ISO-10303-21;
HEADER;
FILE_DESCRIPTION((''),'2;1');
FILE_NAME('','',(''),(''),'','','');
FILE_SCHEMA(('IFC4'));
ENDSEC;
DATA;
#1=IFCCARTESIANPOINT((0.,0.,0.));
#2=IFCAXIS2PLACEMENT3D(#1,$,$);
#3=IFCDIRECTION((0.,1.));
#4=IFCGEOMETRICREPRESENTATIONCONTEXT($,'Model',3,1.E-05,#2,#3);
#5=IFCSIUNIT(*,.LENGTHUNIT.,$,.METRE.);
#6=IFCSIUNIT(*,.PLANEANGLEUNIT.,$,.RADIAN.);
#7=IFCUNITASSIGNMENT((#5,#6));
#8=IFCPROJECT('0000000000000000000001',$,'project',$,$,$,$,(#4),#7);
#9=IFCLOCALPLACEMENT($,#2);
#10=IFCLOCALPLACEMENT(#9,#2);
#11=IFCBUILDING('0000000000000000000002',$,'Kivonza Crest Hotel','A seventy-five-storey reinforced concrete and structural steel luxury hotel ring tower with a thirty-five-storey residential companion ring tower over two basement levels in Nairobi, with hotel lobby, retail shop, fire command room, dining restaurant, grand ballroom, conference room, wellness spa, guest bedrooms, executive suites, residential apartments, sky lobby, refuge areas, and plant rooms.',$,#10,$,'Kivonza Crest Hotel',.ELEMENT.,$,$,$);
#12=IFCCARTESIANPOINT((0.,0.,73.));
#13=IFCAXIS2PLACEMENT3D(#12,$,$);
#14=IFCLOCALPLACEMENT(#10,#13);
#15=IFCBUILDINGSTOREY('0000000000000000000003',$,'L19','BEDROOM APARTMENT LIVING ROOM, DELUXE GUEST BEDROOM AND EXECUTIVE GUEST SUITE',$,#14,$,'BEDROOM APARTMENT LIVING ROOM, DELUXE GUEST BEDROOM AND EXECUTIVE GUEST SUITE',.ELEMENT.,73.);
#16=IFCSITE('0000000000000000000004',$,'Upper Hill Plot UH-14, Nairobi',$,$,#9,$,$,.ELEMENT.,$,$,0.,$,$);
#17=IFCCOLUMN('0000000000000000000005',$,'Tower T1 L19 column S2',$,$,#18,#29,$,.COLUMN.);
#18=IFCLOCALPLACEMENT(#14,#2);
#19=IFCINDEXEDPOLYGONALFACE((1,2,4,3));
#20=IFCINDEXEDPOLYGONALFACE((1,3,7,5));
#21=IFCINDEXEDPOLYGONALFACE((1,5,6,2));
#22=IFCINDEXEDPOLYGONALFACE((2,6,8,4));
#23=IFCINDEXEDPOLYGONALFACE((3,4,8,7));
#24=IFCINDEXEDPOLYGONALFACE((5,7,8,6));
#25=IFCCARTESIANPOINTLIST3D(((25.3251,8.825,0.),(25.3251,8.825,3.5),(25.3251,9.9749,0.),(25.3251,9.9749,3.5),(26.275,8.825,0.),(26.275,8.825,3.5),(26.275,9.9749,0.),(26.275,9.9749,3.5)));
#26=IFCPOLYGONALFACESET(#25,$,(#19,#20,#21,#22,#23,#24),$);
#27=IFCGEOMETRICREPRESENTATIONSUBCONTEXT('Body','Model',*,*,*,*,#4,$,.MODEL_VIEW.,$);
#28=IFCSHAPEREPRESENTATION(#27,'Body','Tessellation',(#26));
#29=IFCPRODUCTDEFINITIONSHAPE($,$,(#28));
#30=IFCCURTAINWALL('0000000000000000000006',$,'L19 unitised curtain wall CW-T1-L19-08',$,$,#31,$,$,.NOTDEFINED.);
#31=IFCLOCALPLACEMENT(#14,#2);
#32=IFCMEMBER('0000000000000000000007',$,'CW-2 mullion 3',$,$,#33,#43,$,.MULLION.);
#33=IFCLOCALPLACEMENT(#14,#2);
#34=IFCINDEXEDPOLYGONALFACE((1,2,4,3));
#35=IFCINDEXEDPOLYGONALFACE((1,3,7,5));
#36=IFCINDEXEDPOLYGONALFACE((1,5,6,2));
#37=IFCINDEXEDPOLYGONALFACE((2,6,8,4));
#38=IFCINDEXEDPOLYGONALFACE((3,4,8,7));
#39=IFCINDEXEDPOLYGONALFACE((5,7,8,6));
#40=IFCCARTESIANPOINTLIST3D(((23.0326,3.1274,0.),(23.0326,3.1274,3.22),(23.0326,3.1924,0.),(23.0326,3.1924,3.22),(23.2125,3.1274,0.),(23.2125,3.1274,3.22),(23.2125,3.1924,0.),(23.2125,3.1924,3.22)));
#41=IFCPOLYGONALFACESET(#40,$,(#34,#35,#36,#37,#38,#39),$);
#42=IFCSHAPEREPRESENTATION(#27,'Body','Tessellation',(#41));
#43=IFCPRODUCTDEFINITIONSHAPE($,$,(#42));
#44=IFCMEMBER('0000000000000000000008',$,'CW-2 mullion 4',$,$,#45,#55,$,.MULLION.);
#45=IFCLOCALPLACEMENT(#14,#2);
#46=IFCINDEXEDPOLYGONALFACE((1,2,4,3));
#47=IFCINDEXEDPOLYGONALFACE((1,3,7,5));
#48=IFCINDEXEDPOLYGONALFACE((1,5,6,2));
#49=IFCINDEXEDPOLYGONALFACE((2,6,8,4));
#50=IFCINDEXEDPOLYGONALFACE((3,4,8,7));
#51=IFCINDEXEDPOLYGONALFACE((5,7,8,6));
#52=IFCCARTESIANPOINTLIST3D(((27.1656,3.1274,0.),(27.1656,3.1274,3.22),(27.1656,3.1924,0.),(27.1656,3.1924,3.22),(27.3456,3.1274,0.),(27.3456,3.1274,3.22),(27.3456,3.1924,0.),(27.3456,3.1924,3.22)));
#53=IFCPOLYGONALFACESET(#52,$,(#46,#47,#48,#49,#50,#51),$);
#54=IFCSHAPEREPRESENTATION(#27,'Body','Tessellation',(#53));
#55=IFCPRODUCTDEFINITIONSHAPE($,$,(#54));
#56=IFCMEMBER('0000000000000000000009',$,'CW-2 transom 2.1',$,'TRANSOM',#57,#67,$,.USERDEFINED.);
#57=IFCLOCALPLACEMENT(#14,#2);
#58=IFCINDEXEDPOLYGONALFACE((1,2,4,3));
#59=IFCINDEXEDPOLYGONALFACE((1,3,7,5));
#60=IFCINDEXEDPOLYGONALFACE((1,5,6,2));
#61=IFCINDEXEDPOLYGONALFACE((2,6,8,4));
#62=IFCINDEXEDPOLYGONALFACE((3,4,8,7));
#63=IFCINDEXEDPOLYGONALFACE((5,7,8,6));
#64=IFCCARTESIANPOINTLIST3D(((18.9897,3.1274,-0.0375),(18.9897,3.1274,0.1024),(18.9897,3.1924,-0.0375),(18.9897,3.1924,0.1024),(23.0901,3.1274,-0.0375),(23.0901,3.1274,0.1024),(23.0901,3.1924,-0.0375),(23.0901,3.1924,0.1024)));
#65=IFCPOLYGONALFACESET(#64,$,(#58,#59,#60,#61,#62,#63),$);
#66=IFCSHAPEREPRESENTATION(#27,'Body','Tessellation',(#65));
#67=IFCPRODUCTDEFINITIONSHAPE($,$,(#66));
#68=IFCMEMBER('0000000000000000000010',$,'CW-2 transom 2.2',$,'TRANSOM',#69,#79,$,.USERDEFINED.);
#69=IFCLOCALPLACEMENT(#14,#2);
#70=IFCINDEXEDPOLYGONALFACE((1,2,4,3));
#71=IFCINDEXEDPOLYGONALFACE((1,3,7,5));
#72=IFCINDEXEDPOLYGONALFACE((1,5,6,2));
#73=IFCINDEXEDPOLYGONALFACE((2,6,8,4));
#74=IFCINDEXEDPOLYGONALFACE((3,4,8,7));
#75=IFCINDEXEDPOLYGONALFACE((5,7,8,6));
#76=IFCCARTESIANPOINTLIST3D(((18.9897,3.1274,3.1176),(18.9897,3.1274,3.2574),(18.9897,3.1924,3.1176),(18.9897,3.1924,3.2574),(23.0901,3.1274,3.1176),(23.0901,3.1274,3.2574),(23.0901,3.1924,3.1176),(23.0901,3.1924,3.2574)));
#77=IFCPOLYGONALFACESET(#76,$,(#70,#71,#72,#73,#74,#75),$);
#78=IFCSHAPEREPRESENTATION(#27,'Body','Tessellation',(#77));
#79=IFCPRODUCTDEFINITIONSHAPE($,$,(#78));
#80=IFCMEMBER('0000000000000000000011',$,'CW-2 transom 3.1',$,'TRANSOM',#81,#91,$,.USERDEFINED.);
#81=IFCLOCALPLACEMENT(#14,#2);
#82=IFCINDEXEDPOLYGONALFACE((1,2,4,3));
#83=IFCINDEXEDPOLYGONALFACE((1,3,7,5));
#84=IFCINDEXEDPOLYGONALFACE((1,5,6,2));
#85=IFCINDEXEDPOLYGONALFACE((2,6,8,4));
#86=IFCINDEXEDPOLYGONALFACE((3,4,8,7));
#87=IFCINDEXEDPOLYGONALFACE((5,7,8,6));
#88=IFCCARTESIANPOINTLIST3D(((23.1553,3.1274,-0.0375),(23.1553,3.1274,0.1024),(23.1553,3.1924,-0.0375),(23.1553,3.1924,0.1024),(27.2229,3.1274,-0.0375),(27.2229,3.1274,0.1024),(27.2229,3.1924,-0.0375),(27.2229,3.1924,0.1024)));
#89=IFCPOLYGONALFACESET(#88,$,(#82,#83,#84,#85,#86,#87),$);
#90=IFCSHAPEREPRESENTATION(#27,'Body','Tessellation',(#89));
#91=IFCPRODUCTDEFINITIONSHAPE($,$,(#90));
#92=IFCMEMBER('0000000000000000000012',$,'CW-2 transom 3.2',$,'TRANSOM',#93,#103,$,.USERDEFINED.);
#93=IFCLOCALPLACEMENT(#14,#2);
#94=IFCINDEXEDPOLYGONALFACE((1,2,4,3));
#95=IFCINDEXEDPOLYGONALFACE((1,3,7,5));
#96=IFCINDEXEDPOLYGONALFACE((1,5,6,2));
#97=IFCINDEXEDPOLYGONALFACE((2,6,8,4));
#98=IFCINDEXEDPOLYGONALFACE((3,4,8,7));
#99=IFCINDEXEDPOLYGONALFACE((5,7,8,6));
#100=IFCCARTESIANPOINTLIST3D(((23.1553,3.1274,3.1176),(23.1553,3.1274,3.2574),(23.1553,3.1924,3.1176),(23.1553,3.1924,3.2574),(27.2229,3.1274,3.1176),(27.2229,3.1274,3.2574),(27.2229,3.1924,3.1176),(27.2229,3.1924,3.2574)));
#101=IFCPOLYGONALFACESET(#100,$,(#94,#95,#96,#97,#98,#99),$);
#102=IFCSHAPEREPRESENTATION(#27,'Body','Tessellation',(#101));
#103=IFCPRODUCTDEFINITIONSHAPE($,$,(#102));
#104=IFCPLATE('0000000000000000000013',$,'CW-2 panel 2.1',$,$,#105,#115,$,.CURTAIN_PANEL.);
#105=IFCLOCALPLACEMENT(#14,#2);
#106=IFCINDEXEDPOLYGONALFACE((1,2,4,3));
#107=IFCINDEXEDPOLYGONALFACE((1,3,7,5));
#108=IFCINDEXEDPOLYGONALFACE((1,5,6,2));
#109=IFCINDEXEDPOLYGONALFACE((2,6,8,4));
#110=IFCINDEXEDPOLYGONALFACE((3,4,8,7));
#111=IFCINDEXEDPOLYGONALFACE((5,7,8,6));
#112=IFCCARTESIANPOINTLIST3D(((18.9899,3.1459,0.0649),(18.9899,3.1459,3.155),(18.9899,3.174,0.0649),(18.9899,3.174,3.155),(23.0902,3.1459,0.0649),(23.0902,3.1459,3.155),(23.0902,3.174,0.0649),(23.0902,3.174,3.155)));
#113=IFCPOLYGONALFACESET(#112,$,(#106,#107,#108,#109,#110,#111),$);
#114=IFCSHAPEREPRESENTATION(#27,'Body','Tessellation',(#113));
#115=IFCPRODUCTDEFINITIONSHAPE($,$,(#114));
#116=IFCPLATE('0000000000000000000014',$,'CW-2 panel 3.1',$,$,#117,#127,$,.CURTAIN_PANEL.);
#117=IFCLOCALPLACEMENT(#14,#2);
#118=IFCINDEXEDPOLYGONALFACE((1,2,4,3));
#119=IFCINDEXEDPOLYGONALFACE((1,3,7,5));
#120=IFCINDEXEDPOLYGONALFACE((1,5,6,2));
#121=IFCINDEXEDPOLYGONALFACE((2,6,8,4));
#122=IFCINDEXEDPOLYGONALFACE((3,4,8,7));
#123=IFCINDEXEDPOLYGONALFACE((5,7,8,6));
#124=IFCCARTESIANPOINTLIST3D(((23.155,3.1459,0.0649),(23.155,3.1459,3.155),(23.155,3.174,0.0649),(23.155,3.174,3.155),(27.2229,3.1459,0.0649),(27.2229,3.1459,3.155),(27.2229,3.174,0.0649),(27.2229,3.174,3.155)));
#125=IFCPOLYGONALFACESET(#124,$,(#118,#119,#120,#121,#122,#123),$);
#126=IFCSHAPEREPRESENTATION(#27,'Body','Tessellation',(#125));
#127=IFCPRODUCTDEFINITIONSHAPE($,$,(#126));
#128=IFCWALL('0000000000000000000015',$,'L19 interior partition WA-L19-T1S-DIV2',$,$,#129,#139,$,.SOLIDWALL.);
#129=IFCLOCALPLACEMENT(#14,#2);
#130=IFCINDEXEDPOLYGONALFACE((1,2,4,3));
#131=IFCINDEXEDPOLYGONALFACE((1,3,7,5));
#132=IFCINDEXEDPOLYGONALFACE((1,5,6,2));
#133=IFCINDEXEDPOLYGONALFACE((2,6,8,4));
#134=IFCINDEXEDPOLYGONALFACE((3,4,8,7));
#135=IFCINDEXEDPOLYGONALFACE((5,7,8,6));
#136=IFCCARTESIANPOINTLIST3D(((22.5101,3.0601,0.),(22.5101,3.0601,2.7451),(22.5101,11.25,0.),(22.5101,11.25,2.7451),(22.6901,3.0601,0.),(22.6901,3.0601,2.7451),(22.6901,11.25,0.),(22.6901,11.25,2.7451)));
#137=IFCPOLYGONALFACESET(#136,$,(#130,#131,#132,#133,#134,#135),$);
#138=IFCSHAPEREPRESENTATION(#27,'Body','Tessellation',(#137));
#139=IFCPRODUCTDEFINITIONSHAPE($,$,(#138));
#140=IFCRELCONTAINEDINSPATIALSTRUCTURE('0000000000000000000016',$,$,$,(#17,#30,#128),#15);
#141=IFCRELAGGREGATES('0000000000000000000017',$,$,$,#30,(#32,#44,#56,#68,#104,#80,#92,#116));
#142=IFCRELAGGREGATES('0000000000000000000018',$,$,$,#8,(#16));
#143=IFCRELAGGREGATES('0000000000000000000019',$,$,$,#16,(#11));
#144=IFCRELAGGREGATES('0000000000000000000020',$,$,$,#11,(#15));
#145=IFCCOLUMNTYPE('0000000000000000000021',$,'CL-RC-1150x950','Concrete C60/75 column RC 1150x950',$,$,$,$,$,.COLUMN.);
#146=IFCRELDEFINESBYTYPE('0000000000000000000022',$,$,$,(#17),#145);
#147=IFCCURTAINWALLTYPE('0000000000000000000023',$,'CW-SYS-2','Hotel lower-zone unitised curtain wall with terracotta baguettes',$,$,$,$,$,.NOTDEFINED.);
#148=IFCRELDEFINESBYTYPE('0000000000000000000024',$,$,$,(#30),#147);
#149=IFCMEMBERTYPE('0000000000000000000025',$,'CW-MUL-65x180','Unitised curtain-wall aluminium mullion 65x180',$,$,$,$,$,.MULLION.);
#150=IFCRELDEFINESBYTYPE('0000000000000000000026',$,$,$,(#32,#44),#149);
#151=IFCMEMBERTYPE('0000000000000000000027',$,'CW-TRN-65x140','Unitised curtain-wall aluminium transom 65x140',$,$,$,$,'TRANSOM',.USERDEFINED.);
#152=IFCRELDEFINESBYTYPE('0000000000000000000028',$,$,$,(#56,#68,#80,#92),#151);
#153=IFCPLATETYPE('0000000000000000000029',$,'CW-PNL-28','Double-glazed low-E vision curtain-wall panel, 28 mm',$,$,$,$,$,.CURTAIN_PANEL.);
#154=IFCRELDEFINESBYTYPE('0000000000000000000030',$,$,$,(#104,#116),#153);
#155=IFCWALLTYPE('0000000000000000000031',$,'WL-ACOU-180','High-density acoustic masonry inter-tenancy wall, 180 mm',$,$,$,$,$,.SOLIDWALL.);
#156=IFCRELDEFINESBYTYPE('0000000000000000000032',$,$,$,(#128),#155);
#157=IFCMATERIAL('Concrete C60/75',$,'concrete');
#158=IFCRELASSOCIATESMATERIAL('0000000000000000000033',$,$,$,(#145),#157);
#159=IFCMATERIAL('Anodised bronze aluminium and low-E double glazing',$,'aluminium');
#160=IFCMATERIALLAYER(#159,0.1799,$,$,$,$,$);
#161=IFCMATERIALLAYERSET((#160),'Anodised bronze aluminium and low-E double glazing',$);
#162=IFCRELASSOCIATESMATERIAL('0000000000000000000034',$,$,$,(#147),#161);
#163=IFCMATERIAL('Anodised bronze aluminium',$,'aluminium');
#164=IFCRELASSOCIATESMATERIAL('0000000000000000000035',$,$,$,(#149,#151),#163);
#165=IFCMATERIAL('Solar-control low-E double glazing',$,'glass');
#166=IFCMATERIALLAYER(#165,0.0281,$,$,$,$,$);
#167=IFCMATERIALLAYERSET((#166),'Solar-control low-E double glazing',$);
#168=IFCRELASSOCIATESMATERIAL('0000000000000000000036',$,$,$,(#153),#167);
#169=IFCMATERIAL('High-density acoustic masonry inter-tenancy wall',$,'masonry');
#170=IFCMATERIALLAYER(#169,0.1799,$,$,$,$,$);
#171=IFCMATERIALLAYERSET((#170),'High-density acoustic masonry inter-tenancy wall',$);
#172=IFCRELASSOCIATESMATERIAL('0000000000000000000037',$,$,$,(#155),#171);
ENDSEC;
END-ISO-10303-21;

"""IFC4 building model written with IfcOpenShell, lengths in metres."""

from ifc_helpers import new_model, si_unit, direction, frame, frame_2d, origin, origin_2d, place, context, subcontext, project, spatial, rectangle, extrude, material, layer, layer_set, material_profile, profile_set, type_object, element, aggregate, save


model = new_model("IFC4")

# Units and contexts
model_context = context("Model", 3, precision=1e-05, world=origin(), true_north=direction((0.0, 1.0)))
body_context = subcontext(model_context, "Body", "Model", "MODEL_VIEW")
ifc_project = project(units=[si_unit("LENGTHUNIT", "METRE"), si_unit("PLANEANGLEUNIT", "RADIAN")], contexts=[model_context])

# Site, building, storey
site_placement = place(None, origin())
site = spatial("IfcSite", under=ifc_project, at=site_placement, Name="Upper Hill Plot UH-14, Nairobi", CompositionType="ELEMENT", RefElevation=0.0)
building_placement = place(site_placement, origin())
building = spatial("IfcBuilding", under=site, at=building_placement, Name="Kivonza Crest Hotel", Description="A seventy-five-storey reinforced concrete and structural steel luxury hotel ring tower with a thirty-five-storey residential companion ring tower over two basement levels in Nairobi, with hotel lobby, retail shop, fire command room, dining restaurant, grand ballroom, conference room, wellness spa, guest bedrooms, executive suites, residential apartments, sky lobby, refuge areas, and plant rooms.", LongName="Kivonza Crest Hotel", CompositionType="ELEMENT")
storey_placement = place(building_placement, frame((0.0, 0.0, 73.0)))
storey = spatial("IfcBuildingStorey", under=building, at=storey_placement, Name="L19", Description="BEDROOM APARTMENT LIVING ROOM, DELUXE GUEST BEDROOM AND EXECUTIVE GUEST SUITE", LongName="BEDROOM APARTMENT LIVING ROOM, DELUXE GUEST BEDROOM AND EXECUTIVE GUEST SUITE", CompositionType="ELEMENT", Elevation=73.0)

# Column
ifc_material_1 = material(Name="Concrete C60/75", Category="concrete")
ifc_material_profile_1 = material_profile(ifc_material_1, rectangle(XDim=0.95, YDim=1.1499, at=origin_2d()), Name="RC 1150x950")
ifc_profile_set_1 = profile_set([ifc_material_profile_1], Name="Concrete C60/75")
column_type = type_object("IfcColumnType", Name="CL-RC-1150x950", Description="Concrete C60/75 column RC 1150x950", PredefinedType="COLUMN", material=ifc_profile_set_1)
column_placement = place(storey_placement, frame((25.8, 9.3999, 0.0), z_axis=(0.0, 0.0, 1.0), x_axis=(1.0, 0.0, 0.0)))
element("IfcColumn", 1, at=column_placement, inside=storey, type_object=column_type, Name="Tower T1 L19 column S2", PredefinedType="COLUMN", context=body_context, shape_type="SweptSolid", body=[
    extrude(rectangle(XDim=0.95, YDim=1.1499, at=origin_2d()), origin(), (0.0, 0.0, 1.0), 3.5),
])

# Curtain wall, members, plates
ifc_material_2 = material(Name="Anodised bronze aluminium and low-E double glazing", Category="aluminium")
ifc_layer_1 = layer(ifc_material_2, 0.1799)
ifc_layer_set_1 = layer_set([ifc_layer_1], Name="Anodised bronze aluminium and low-E double glazing")
curtain_wall_type = type_object("IfcCurtainWallType", Name="CW-SYS-2", Description="Hotel lower-zone unitised curtain wall with terracotta baguettes", PredefinedType="NOTDEFINED", material=ifc_layer_set_1)
curtain_wall_placement = place(storey_placement, origin())
curtain_wall = element("IfcCurtainWall", 2, at=curtain_wall_placement, inside=storey, type_object=curtain_wall_type, Name="L19 unitised curtain wall CW-T1-L19-08", PredefinedType="NOTDEFINED")
ifc_material_3 = material(Name="Anodised bronze aluminium", Category="aluminium")
ifc_material_profile_2 = material_profile(ifc_material_3, rectangle(XDim=0.0649, YDim=0.1799, at=origin_2d()), Name="CW-M 65x180")
ifc_profile_set_2 = profile_set([ifc_material_profile_2], Name="Anodised bronze aluminium")
member_type_1 = type_object("IfcMemberType", Name="CW-MUL-65x180", Description="Unitised curtain-wall aluminium mullion 65x180", PredefinedType="MULLION", material=ifc_profile_set_2)
member_1_placement = place(storey_placement, frame((23.1226, 3.1599, 0.0), z_axis=(0.0, 0.0, 1.0), x_axis=(0.0, 1.0, 0.0)))
member_1 = element("IfcMember", 3, at=member_1_placement, type_object=member_type_1, Name="CW-2 mullion 3", PredefinedType="MULLION", context=body_context, shape_type="SweptSolid", body=[
    extrude(rectangle(XDim=0.0649, YDim=0.1799, at=origin_2d()), origin(), (0.0, 0.0, 1.0), 3.22),
])
member_2_placement = place(storey_placement, frame((27.2556, 3.1599, 0.0), z_axis=(0.0, 0.0, 1.0), x_axis=(0.0, 1.0, 0.0)))
member_2 = element("IfcMember", 4, at=member_2_placement, type_object=member_type_1, Name="CW-2 mullion 4", PredefinedType="MULLION", context=body_context, shape_type="SweptSolid", body=[
    extrude(rectangle(XDim=0.0649, YDim=0.1799, at=origin_2d()), origin(), (0.0, 0.0, 1.0), 3.22),
])
ifc_material_profile_3 = material_profile(ifc_material_3, rectangle(XDim=0.0649, YDim=0.1399, at=origin_2d()), Name="CW-T 65x140")
ifc_profile_set_3 = profile_set([ifc_material_profile_3], Name="Anodised bronze aluminium")
member_type_2 = type_object("IfcMemberType", Name="CW-TRN-65x140", Description="Unitised curtain-wall aluminium transom 65x140", ElementType="TRANSOM", PredefinedType="USERDEFINED", material=ifc_profile_set_3)
member_3_placement = place(storey_placement, frame((18.9897, 3.1599, 0.0325), z_axis=(1.0, 0.0, 0.0), x_axis=(0.0, 1.0, 0.0)))
member_3 = element("IfcMember", 5, at=member_3_placement, type_object=member_type_2, Name="CW-2 transom 2.1", ObjectType="TRANSOM", PredefinedType="USERDEFINED", context=body_context, shape_type="SweptSolid", body=[
    extrude(rectangle(XDim=0.0649, YDim=0.1399, at=origin_2d()), origin(), (0.0, 0.0, 1.0), 4.1003),
])
member_4_placement = place(storey_placement, frame((18.9897, 3.1599, 3.1875), z_axis=(1.0, 0.0, 0.0), x_axis=(0.0, 1.0, 0.0)))
member_4 = element("IfcMember", 6, at=member_4_placement, type_object=member_type_2, Name="CW-2 transom 2.2", ObjectType="TRANSOM", PredefinedType="USERDEFINED", context=body_context, shape_type="SweptSolid", body=[
    extrude(rectangle(XDim=0.0649, YDim=0.1399, at=origin_2d()), origin(), (0.0, 0.0, 1.0), 4.1003),
])
member_5_placement = place(storey_placement, frame((23.1553, 3.1599, 0.0325), z_axis=(1.0, 0.0, 0.0), x_axis=(0.0, 1.0, 0.0)))
member_5 = element("IfcMember", 7, at=member_5_placement, type_object=member_type_2, Name="CW-2 transom 3.1", ObjectType="TRANSOM", PredefinedType="USERDEFINED", context=body_context, shape_type="SweptSolid", body=[
    extrude(rectangle(XDim=0.0649, YDim=0.1399, at=origin_2d()), origin(), (0.0, 0.0, 1.0), 4.0676),
])
member_6_placement = place(storey_placement, frame((23.1553, 3.1599, 3.1875), z_axis=(1.0, 0.0, 0.0), x_axis=(0.0, 1.0, 0.0)))
member_6 = element("IfcMember", 8, at=member_6_placement, type_object=member_type_2, Name="CW-2 transom 3.2", ObjectType="TRANSOM", PredefinedType="USERDEFINED", context=body_context, shape_type="SweptSolid", body=[
    extrude(rectangle(XDim=0.0649, YDim=0.1399, at=origin_2d()), origin(), (0.0, 0.0, 1.0), 4.0676),
])
ifc_material_4 = material(Name="Solar-control low-E double glazing", Category="glass")
ifc_layer_2 = layer(ifc_material_4, 0.0281)
ifc_layer_set_2 = layer_set([ifc_layer_2], Name="Solar-control low-E double glazing")
plate_type = type_object("IfcPlateType", Name="CW-PNL-28", Description="Double-glazed low-E vision curtain-wall panel, 28 mm", PredefinedType="CURTAIN_PANEL", material=ifc_layer_set_2)
plate_1_placement = place(storey_placement, frame((21.04, 3.1599, 0.0649), z_axis=(0.0, 0.0, 1.0), x_axis=(1.0, 0.0, 0.0)))
plate_1 = element("IfcPlate", 9, at=plate_1_placement, type_object=plate_type, Name="CW-2 panel 2.1", PredefinedType="CURTAIN_PANEL", context=body_context, shape_type="SweptSolid", body=[
    extrude(rectangle(XDim=4.1003, YDim=0.0281, at=origin_2d()), origin(), (0.0, 0.0, 1.0), 3.0901),
])
plate_2_placement = place(storey_placement, frame((25.189, 3.1599, 0.0649), z_axis=(0.0, 0.0, 1.0), x_axis=(1.0, 0.0, 0.0)))
plate_2 = element("IfcPlate", 10, at=plate_2_placement, type_object=plate_type, Name="CW-2 panel 3.1", PredefinedType="CURTAIN_PANEL", context=body_context, shape_type="SweptSolid", body=[
    extrude(rectangle(XDim=4.0679, YDim=0.0281, at=origin_2d()), origin(), (0.0, 0.0, 1.0), 3.0901),
])
aggregate(curtain_wall, [member_1, member_2, member_3, member_4, plate_1, member_5, member_6, plate_2])

# Wall
ifc_material_5 = material(Name="High-density acoustic masonry inter-tenancy wall", Category="masonry")
ifc_layer_3 = layer(ifc_material_5, 0.1799)
ifc_layer_set_3 = layer_set([ifc_layer_3], Name="High-density acoustic masonry inter-tenancy wall")
wall_type_1 = type_object("IfcWallType", Name="WL-ACOU-180", Description="High-density acoustic masonry inter-tenancy wall, 180 mm", PredefinedType="SOLIDWALL", material=ifc_layer_set_3)
wall_1_placement = place(storey_placement, frame((22.6001, 3.0601, 0.0), z_axis=(0.0, 0.0, 1.0), x_axis=(0.0, 1.0, 0.0)))
element("IfcWall", 11, at=wall_1_placement, inside=storey, type_object=wall_type_1, Name="L19 interior partition WA-L19-T1S-DIV2", PredefinedType="SOLIDWALL", context=body_context, shape_type="SweptSolid", body=[
    extrude(rectangle(XDim=8.1899, YDim=0.1799, at=frame_2d((4.095, 0.0))), origin(), (0.0, 0.0, 1.0), 2.7451),
])

save(model, "model.ifc")
